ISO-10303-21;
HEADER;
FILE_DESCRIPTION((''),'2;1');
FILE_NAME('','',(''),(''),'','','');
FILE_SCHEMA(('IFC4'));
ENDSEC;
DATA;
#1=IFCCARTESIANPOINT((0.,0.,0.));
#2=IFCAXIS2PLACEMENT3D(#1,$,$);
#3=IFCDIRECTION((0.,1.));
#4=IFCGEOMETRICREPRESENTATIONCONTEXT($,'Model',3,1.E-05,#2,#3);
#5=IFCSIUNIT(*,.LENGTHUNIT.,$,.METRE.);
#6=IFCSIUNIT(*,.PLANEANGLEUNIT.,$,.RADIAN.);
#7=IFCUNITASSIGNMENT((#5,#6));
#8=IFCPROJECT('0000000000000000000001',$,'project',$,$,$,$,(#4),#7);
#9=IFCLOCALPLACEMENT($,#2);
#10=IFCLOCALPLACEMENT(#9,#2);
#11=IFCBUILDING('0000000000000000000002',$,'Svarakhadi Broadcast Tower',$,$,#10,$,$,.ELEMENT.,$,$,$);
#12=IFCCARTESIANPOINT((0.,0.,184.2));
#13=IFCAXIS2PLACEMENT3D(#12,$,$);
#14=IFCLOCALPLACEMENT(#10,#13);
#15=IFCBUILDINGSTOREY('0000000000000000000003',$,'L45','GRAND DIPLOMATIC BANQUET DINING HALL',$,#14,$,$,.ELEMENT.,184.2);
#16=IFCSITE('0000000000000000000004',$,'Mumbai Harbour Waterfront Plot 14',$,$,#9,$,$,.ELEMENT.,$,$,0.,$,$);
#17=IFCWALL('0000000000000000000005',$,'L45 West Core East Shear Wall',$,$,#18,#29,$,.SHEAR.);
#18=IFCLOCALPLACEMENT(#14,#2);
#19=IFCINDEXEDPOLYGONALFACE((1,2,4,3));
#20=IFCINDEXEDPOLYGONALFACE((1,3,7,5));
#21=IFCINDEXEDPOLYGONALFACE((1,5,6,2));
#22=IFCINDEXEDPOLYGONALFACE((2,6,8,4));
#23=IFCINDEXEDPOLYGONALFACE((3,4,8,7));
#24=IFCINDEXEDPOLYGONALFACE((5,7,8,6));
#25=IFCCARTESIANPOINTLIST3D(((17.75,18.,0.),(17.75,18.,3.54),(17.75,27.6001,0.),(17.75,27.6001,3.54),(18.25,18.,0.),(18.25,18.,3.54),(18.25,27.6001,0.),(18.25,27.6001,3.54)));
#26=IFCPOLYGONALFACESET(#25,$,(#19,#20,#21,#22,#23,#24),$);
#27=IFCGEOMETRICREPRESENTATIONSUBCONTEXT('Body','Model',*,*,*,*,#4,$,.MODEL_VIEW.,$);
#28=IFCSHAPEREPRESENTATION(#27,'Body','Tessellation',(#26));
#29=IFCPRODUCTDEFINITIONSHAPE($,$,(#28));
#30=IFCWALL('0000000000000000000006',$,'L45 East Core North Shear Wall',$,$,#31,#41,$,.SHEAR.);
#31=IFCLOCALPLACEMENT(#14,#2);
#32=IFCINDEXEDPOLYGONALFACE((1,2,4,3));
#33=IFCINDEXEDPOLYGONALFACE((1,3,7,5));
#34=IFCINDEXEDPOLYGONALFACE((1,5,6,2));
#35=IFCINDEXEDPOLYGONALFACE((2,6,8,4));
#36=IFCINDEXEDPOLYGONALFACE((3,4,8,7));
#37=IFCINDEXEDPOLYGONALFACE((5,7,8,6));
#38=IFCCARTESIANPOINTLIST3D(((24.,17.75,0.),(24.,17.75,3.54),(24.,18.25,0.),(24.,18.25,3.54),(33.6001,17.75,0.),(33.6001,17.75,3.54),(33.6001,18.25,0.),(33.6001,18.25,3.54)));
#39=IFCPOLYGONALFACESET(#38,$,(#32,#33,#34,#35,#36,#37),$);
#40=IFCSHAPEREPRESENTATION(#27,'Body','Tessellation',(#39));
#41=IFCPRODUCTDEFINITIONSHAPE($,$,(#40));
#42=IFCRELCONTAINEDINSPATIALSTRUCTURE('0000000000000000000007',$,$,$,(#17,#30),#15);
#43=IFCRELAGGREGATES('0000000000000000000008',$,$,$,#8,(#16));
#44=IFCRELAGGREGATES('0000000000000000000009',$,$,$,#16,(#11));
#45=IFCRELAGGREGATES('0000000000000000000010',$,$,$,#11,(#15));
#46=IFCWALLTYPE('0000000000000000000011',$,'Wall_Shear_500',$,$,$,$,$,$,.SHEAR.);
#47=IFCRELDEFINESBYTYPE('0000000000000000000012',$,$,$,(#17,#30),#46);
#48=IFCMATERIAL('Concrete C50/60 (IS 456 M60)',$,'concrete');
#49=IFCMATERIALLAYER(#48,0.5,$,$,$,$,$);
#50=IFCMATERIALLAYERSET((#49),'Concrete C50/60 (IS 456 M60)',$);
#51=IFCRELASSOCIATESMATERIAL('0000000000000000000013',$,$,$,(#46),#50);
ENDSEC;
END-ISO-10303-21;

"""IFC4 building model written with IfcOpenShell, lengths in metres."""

from ifc_helpers import new_model, si_unit, direction, frame, frame_2d, origin, place, context, subcontext, project, spatial, rectangle, extrude, material, layer, layer_set, type_object, element, save


model = new_model("IFC4")

# Units and contexts
model_context = context("Model", 3, precision=1e-05, world=origin(), true_north=direction((0.0, 1.0)))
body_context = subcontext(model_context, "Body", "Model", "MODEL_VIEW")
ifc_project = project(units=[si_unit("LENGTHUNIT", "METRE"), si_unit("PLANEANGLEUNIT", "RADIAN")], contexts=[model_context])

# Site, building, storey
site_placement = place(None, origin())
site = spatial("IfcSite", under=ifc_project, at=site_placement, Name="Mumbai Harbour Waterfront Plot 14", CompositionType="ELEMENT", RefElevation=0.0)
building_placement = place(site_placement, origin())
building = spatial("IfcBuilding", under=site, at=building_placement, Name="Svarakhadi Broadcast Tower", CompositionType="ELEMENT")
storey_placement = place(building_placement, frame((0.0, 0.0, 184.2)))
storey = spatial("IfcBuildingStorey", under=building, at=storey_placement, Name="L45", Description="GRAND DIPLOMATIC BANQUET DINING HALL", CompositionType="ELEMENT", Elevation=184.2)

# Shared definitions
ifc_material_1 = material(Name="Concrete C50/60 (IS 456 M60)", Category="concrete")

# Walls
ifc_layer_1 = layer(ifc_material_1, 0.5)
ifc_layer_set_1 = layer_set([ifc_layer_1], Name="Concrete C50/60 (IS 456 M60)")
wall_type_1 = type_object("IfcWallType", Name="Wall_Shear_500", PredefinedType="SHEAR", material=ifc_layer_set_1)
for number, where, z_axis, x_axis, name in (
    (1, (18.0, 18.0, 0.0), (0.0, 0.0, 1.0), (0.0, 1.0, 0.0), "L45 West Core East Shear Wall"),
    (2, (24.0, 18.0, 0.0), (0.0, 0.0, 1.0), (1.0, 0.0, 0.0), "L45 East Core North Shear Wall"),
):
    element("IfcWall", number, at=place(storey_placement, frame(where, z_axis=z_axis, x_axis=x_axis)), inside=storey, type_object=wall_type_1, Name=name, PredefinedType="SHEAR", context=body_context, shape_type="SweptSolid", body=[
        extrude(rectangle(XDim=9.6001, YDim=0.5, at=frame_2d((4.8, 0.0))), origin(), (0.0, 0.0, 1.0), 3.54),
    ])

save(model, "model.ifc")
